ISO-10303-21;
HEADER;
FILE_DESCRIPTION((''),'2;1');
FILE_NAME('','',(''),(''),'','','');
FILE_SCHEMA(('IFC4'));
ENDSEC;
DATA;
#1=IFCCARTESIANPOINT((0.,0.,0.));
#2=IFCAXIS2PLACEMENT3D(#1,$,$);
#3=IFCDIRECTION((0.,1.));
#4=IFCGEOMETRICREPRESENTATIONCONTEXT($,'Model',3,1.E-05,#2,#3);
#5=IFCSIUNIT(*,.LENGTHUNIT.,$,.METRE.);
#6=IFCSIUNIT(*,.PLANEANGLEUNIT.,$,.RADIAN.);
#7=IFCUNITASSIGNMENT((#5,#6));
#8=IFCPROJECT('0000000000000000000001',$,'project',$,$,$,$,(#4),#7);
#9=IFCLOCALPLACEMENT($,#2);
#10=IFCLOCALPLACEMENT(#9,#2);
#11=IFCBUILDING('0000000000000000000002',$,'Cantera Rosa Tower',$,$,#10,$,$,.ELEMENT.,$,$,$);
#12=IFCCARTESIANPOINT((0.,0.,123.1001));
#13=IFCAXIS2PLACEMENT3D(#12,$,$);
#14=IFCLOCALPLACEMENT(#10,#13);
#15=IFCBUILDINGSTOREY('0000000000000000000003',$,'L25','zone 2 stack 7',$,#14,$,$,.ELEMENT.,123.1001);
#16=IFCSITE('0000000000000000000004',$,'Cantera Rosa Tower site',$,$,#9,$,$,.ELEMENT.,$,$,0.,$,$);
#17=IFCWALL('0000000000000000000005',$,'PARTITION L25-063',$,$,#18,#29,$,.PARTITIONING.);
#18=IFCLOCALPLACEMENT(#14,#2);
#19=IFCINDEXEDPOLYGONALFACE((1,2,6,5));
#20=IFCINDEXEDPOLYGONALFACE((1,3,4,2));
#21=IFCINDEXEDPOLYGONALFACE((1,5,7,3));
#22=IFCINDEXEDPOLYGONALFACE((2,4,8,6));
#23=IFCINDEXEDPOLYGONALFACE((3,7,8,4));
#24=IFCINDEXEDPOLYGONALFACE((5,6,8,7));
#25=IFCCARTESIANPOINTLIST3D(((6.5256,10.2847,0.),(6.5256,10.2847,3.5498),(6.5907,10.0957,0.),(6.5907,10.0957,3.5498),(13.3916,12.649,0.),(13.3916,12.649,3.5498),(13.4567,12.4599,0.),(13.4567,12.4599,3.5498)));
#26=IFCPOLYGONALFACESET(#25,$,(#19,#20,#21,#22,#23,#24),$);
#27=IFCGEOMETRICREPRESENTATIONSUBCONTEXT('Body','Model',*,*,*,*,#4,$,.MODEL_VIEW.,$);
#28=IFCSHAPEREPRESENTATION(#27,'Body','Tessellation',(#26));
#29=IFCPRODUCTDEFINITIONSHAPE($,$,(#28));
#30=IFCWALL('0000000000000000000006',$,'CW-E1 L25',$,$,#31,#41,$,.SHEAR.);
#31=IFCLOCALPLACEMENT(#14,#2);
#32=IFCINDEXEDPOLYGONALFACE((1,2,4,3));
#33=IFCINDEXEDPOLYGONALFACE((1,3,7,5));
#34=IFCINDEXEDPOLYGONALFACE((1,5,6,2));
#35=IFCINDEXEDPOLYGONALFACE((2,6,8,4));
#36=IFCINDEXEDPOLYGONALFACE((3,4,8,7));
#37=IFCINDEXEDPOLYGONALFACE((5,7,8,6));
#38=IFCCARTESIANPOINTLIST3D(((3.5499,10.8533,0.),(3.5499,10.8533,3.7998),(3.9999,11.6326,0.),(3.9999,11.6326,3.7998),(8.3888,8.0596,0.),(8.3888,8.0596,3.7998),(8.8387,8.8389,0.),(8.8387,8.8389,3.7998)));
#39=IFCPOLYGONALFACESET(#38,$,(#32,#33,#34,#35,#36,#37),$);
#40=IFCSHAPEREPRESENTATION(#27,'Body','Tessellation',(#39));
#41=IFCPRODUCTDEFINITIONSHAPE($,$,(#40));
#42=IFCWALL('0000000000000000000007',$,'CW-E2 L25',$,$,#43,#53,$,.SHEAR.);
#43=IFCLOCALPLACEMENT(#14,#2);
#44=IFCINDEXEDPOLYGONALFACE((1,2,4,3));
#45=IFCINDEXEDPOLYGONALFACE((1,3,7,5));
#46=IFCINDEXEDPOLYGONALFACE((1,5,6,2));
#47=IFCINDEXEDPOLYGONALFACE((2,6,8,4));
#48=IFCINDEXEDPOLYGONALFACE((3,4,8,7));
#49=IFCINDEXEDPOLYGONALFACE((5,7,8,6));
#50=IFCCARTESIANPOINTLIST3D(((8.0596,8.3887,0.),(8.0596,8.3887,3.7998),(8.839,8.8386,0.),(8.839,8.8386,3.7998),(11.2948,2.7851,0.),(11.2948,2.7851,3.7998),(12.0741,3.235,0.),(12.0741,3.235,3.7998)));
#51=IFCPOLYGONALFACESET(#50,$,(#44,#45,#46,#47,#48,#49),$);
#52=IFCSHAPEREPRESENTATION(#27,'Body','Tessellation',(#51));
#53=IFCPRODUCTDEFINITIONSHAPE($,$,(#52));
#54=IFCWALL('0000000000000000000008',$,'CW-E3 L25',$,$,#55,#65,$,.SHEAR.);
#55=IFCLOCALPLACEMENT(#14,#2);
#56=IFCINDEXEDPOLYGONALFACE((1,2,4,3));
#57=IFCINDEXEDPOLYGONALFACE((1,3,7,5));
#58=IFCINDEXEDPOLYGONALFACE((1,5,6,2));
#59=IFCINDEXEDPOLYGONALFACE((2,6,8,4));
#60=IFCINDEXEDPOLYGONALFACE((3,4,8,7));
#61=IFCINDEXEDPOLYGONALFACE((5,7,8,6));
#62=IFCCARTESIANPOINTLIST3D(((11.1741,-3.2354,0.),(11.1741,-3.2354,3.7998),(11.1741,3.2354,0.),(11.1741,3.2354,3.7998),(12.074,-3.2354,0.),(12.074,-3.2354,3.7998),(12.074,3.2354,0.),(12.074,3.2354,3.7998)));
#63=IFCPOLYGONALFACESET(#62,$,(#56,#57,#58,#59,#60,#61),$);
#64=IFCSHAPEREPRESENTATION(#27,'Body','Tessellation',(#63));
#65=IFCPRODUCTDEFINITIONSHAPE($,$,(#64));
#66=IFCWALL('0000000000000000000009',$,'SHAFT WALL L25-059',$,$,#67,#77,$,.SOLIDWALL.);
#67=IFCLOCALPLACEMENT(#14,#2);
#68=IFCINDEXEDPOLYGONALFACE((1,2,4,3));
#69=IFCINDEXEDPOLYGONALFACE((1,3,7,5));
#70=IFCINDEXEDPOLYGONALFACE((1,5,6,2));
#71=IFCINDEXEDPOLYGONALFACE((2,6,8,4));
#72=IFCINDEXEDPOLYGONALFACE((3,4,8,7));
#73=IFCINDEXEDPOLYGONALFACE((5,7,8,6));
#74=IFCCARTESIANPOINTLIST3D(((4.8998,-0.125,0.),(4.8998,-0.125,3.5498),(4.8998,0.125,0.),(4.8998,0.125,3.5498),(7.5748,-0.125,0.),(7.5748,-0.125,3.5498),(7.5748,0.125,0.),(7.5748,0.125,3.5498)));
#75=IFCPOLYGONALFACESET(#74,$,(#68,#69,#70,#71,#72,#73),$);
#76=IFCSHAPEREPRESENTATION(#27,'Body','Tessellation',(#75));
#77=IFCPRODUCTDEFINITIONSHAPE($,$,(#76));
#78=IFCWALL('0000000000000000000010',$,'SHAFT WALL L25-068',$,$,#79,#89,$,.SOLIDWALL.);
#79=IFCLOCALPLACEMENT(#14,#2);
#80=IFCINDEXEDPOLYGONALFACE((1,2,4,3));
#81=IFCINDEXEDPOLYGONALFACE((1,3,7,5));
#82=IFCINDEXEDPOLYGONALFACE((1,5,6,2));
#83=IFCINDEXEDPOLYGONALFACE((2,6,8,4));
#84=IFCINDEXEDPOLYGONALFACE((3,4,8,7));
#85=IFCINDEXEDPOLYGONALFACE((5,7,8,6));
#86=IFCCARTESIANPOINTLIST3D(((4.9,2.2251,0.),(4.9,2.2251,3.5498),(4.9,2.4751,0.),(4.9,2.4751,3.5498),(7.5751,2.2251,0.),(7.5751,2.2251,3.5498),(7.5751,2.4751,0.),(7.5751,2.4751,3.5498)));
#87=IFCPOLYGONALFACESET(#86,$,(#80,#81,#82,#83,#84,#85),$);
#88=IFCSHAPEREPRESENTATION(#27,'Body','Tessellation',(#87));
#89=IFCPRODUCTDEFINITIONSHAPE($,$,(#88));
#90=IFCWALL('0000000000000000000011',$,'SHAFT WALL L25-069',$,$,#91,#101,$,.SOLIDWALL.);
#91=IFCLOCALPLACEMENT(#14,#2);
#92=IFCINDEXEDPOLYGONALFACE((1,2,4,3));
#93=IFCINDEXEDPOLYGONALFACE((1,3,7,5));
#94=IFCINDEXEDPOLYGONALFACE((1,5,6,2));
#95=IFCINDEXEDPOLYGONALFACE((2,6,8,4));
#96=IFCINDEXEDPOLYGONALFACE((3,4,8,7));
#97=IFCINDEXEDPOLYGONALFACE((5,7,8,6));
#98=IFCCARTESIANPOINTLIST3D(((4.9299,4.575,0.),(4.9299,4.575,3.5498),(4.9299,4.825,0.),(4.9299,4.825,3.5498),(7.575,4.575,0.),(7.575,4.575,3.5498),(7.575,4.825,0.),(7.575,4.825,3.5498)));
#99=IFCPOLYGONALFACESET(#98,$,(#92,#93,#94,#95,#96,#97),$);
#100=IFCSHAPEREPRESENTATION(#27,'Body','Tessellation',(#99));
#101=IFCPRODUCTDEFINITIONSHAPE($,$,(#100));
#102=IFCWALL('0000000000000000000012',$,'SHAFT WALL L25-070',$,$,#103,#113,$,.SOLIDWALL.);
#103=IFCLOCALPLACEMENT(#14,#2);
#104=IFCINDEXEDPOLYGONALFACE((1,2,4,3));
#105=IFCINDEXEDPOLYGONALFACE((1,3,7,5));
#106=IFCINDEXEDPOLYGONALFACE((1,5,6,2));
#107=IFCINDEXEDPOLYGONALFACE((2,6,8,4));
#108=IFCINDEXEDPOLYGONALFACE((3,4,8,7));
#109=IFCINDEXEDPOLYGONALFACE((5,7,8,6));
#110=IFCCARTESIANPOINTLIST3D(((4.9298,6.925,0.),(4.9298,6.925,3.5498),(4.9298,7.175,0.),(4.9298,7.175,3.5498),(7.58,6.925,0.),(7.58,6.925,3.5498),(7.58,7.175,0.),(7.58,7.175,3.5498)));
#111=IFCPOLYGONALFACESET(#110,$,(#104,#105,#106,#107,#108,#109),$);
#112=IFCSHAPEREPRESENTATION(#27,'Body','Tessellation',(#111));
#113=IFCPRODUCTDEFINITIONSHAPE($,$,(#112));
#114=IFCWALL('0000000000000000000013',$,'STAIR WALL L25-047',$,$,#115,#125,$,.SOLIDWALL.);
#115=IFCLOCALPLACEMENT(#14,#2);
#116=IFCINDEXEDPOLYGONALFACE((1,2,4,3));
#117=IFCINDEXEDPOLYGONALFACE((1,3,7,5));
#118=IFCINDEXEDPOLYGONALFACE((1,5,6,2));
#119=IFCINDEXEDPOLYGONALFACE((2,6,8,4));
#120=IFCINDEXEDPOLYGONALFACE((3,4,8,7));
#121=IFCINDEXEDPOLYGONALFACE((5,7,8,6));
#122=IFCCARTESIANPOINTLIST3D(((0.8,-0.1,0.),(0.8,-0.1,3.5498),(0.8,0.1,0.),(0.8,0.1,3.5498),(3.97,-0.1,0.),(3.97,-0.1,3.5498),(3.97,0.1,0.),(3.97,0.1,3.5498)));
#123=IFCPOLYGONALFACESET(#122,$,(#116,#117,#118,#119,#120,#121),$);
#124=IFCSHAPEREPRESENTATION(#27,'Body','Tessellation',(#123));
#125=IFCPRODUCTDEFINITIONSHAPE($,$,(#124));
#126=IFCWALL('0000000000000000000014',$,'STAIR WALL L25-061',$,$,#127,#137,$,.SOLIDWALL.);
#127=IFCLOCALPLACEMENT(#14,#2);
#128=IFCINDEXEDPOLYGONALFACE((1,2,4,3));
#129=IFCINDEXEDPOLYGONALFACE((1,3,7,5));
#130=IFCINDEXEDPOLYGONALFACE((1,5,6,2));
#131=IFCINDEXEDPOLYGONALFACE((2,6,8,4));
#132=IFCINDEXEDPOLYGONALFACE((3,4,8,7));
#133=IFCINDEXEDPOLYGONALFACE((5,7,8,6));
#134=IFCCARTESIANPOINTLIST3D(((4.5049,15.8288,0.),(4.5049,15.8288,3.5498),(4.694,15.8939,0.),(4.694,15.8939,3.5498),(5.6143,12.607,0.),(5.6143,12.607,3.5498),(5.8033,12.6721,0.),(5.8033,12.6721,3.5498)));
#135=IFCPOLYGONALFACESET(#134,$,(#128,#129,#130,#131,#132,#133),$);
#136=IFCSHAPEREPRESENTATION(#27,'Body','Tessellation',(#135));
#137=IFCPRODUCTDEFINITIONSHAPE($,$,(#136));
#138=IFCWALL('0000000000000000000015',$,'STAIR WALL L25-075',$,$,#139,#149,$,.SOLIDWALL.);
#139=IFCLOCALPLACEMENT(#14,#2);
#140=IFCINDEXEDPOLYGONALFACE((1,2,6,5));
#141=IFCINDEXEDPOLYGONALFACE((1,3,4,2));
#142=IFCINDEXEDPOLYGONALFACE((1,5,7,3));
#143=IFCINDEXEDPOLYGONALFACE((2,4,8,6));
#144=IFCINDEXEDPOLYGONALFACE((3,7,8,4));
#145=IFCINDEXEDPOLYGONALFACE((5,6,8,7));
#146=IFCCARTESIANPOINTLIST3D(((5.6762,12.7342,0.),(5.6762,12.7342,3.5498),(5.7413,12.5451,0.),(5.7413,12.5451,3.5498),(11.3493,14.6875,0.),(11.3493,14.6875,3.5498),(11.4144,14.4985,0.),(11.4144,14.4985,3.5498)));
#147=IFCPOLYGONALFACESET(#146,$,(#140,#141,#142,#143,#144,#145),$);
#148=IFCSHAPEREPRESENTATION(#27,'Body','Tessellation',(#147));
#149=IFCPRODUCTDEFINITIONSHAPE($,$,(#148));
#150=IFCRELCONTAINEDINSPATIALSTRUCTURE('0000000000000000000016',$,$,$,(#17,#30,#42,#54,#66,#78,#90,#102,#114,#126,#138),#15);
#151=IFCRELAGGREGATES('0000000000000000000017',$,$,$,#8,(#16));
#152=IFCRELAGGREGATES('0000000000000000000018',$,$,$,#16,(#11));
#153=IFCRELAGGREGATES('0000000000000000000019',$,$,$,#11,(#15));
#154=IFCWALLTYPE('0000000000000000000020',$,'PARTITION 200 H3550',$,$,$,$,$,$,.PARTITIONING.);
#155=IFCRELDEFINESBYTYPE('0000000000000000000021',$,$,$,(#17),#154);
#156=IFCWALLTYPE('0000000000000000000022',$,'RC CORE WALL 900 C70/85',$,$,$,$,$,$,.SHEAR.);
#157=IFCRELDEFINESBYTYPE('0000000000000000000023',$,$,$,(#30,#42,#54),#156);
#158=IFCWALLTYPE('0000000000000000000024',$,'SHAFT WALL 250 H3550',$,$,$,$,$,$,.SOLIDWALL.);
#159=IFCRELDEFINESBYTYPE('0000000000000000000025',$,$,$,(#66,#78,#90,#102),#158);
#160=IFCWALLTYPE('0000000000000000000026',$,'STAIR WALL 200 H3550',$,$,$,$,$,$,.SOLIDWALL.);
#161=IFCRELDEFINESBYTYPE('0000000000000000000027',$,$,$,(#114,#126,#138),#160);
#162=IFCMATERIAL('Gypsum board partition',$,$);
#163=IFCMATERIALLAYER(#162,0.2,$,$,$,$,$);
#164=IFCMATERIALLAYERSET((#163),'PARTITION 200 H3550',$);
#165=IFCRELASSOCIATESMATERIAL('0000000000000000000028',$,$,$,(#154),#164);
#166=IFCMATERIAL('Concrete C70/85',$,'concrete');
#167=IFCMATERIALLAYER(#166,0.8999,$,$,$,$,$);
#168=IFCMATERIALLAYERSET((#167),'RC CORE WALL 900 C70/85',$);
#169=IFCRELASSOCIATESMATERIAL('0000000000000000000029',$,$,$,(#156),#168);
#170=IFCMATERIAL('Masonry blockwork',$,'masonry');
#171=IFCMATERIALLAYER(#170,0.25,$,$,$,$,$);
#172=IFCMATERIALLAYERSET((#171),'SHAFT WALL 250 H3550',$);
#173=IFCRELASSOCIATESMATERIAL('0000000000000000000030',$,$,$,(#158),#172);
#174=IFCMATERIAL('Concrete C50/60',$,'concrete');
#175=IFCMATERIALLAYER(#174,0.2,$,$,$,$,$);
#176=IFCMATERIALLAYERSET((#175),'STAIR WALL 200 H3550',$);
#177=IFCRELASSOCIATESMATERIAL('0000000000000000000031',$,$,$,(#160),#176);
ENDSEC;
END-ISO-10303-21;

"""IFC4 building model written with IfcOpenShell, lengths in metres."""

from ifc_helpers import new_model, si_unit, direction, frame, frame_2d, origin, place, context, subcontext, project, spatial, rectangle, extrude, material, layer, layer_set, type_object, element, save


model = new_model("IFC4")

# Units and contexts
model_context = context("Model", 3, precision=1e-05, world=origin(), true_north=direction((0.0, 1.0)))
body_context = subcontext(model_context, "Body", "Model", "MODEL_VIEW")
ifc_project = project(units=[si_unit("LENGTHUNIT", "METRE"), si_unit("PLANEANGLEUNIT", "RADIAN")], contexts=[model_context])

# Site, building, storey
site_placement = place(None, origin())
site = spatial("IfcSite", under=ifc_project, at=site_placement, Name="Cantera Rosa Tower site", CompositionType="ELEMENT", RefElevation=0.0)
building_placement = place(site_placement, origin())
building = spatial("IfcBuilding", under=site, at=building_placement, Name="Cantera Rosa Tower", CompositionType="ELEMENT")
storey_placement = place(building_placement, frame((0.0, 0.0, 123.1001)))
storey = spatial("IfcBuildingStorey", under=building, at=storey_placement, Name="L25", Description="zone 2 stack 7", CompositionType="ELEMENT", Elevation=123.1001)

# Walls
ifc_material_1 = material(Name="Gypsum board partition")
ifc_layer_1 = layer(ifc_material_1, 0.2)
ifc_layer_set_1 = layer_set([ifc_layer_1], Name="PARTITION 200 H3550")
wall_type_1 = type_object("IfcWallType", Name="PARTITION 200 H3550", PredefinedType="PARTITIONING", material=ifc_layer_set_1)
wall_1_placement = place(storey_placement, frame((6.5581, 10.1902, 0.0), z_axis=(0.0, 0.0, 1.0), x_axis=(0.945514, 0.325582, 0.0)))
element("IfcWall", 1, at=wall_1_placement, inside=storey, type_object=wall_type_1, Name="PARTITION L25-063", PredefinedType="PARTITIONING", context=body_context, shape_type="SweptSolid", body=[
    extrude(rectangle(XDim=7.2617, YDim=0.2, at=frame_2d((3.6309, 0.0))), origin(), (0.0, 0.0, 1.0), 3.5498),
])
ifc_material_2 = material(Name="Concrete C70/85", Category="concrete")
ifc_layer_2 = layer(ifc_material_2, 0.8999)
ifc_layer_set_2 = layer_set([ifc_layer_2], Name="RC CORE WALL 900 C70/85")
wall_type_2 = type_object("IfcWallType", Name="RC CORE WALL 900 C70/85", PredefinedType="SHEAR", material=ifc_layer_set_2)
wall_2_placement = place(storey_placement, frame((3.7749, 11.2429, 0.0), z_axis=(0.0, 0.0, 1.0), x_axis=(0.866027, -0.499997, 0.0)))
element("IfcWall", 2, at=wall_2_placement, inside=storey, type_object=wall_type_2, Name="CW-E1 L25", PredefinedType="SHEAR", context=body_context, shape_type="SweptSolid", body=[
    extrude(rectangle(XDim=5.5874, YDim=0.8999, at=frame_2d((2.7937, 0.0))), origin(), (0.0, 0.0, 1.0), 3.7998),
])
wall_3_placement = place(storey_placement, frame((8.4492, 8.6138, 0.0), z_axis=(0.0, 0.0, 1.0), x_axis=(0.49999, -0.866031, 0.0)))
element("IfcWall", 3, at=wall_3_placement, inside=storey, type_object=wall_type_2, Name="CW-E2 L25", PredefinedType="SHEAR", context=body_context, shape_type="SweptSolid", body=[
    extrude(rectangle(XDim=6.4705, YDim=0.8999, at=frame_2d((3.2354, 0.0))), origin(), (0.0, 0.0, 1.0), 3.7998),
])
wall_4_placement = place(storey_placement, frame((11.624, 3.2354, 0.0), z_axis=(0.0, 0.0, 1.0), x_axis=(0.0, -1.0, 0.0)))
element("IfcWall", 4, at=wall_4_placement, inside=storey, type_object=wall_type_2, Name="CW-E3 L25", PredefinedType="SHEAR", context=body_context, shape_type="SweptSolid", body=[
    extrude(rectangle(XDim=6.4707, YDim=0.8999, at=frame_2d((3.2354, 0.0))), origin(), (0.0, 0.0, 1.0), 3.7998),
])
ifc_material_3 = material(Name="Masonry blockwork", Category="masonry")
ifc_layer_3 = layer(ifc_material_3, 0.25)
ifc_layer_set_3 = layer_set([ifc_layer_3], Name="SHAFT WALL 250 H3550")
wall_type_3 = type_object("IfcWallType", Name="SHAFT WALL 250 H3550", PredefinedType="SOLIDWALL", material=ifc_layer_set_3)
for number, where, z_axis, x_axis, name in (
    (5, (4.8999, 0.0, 0.0), (0.0, 0.0, 1.0), (1.0, 0.0, 0.0), "SHAFT WALL L25-059"),
    (6, (7.575, 2.3501, 0.0), (0.0, 0.0, 1.0), (-1.0, 0.0, 0.0), "SHAFT WALL L25-068"),
):
    element("IfcWall", number, at=place(storey_placement, frame(where, z_axis=z_axis, x_axis=x_axis)), inside=storey, type_object=wall_type_3, Name=name, PredefinedType="SOLIDWALL", context=body_context, shape_type="SweptSolid", body=[
        extrude(rectangle(XDim=2.675, YDim=0.25, at=frame_2d((1.3374, 0.0))), origin(), (0.0, 0.0, 1.0), 3.5498),
    ])
wall_5_placement = place(storey_placement, frame((7.575, 4.7, 0.0), z_axis=(0.0, 0.0, 1.0), x_axis=(-1.0, 0.0, 0.0)))
element("IfcWall", 7, at=wall_5_placement, inside=storey, type_object=wall_type_3, Name="SHAFT WALL L25-069", PredefinedType="SOLIDWALL", context=body_context, shape_type="SweptSolid", body=[
    extrude(rectangle(XDim=2.645, YDim=0.25, at=frame_2d((1.3225, 0.0))), origin(), (0.0, 0.0, 1.0), 3.5498),
])
wall_6_placement = place(storey_placement, frame((7.5801, 7.05, 0.0), z_axis=(0.0, 0.0, 1.0), x_axis=(-1.0, 0.0, 0.0)))
element("IfcWall", 8, at=wall_6_placement, inside=storey, type_object=wall_type_3, Name="SHAFT WALL L25-070", PredefinedType="SOLIDWALL", context=body_context, shape_type="SweptSolid", body=[
    extrude(rectangle(XDim=2.6501, YDim=0.25, at=frame_2d((1.3252, 0.0))), origin(), (0.0, 0.0, 1.0), 3.5498),
])
ifc_material_4 = material(Name="Concrete C50/60", Category="concrete")
ifc_layer_4 = layer(ifc_material_4, 0.2)
ifc_layer_set_4 = layer_set([ifc_layer_4], Name="STAIR WALL 200 H3550")
wall_type_4 = type_object("IfcWallType", Name="STAIR WALL 200 H3550", PredefinedType="SOLIDWALL", material=ifc_layer_set_4)
wall_7_placement = place(storey_placement, frame((0.8, 0.0, 0.0), z_axis=(0.0, 0.0, 1.0), x_axis=(1.0, 0.0, 0.0)))
element("IfcWall", 9, at=wall_7_placement, inside=storey, type_object=wall_type_4, Name="STAIR WALL L25-047", PredefinedType="SOLIDWALL", context=body_context, shape_type="SweptSolid", body=[
    extrude(rectangle(XDim=3.1699, YDim=0.2, at=frame_2d((1.585, 0.0))), origin(), (0.0, 0.0, 1.0), 3.5498),
])
wall_8_placement = place(storey_placement, frame((5.7087, 12.6396, 0.0), z_axis=(0.0, 0.0, 1.0), x_axis=(-0.325562, 0.945521, 0.0)))
element("IfcWall", 10, at=wall_8_placement, inside=storey, type_object=wall_type_4, Name="STAIR WALL L25-061", PredefinedType="SOLIDWALL", context=body_context, shape_type="SweptSolid", body=[
    extrude(rectangle(XDim=3.4075, YDim=0.2, at=frame_2d((1.7036, 0.0))), origin(), (0.0, 0.0, 1.0), 3.5498),
])
wall_9_placement = place(storey_placement, frame((11.3818, 14.593, 0.0), z_axis=(0.0, 0.0, 1.0), x_axis=(-0.94552, -0.325563, 0.0)))
element("IfcWall", 11, at=wall_9_placement, inside=storey, type_object=wall_type_4, Name="STAIR WALL L25-075", PredefinedType="SOLIDWALL", context=body_context, shape_type="SweptSolid", body=[
    extrude(rectangle(XDim=6.0, YDim=0.2, at=frame_2d((3.0, 0.0))), origin(), (0.0, 0.0, 1.0), 3.5498),
])

save(model, "model.ifc")
